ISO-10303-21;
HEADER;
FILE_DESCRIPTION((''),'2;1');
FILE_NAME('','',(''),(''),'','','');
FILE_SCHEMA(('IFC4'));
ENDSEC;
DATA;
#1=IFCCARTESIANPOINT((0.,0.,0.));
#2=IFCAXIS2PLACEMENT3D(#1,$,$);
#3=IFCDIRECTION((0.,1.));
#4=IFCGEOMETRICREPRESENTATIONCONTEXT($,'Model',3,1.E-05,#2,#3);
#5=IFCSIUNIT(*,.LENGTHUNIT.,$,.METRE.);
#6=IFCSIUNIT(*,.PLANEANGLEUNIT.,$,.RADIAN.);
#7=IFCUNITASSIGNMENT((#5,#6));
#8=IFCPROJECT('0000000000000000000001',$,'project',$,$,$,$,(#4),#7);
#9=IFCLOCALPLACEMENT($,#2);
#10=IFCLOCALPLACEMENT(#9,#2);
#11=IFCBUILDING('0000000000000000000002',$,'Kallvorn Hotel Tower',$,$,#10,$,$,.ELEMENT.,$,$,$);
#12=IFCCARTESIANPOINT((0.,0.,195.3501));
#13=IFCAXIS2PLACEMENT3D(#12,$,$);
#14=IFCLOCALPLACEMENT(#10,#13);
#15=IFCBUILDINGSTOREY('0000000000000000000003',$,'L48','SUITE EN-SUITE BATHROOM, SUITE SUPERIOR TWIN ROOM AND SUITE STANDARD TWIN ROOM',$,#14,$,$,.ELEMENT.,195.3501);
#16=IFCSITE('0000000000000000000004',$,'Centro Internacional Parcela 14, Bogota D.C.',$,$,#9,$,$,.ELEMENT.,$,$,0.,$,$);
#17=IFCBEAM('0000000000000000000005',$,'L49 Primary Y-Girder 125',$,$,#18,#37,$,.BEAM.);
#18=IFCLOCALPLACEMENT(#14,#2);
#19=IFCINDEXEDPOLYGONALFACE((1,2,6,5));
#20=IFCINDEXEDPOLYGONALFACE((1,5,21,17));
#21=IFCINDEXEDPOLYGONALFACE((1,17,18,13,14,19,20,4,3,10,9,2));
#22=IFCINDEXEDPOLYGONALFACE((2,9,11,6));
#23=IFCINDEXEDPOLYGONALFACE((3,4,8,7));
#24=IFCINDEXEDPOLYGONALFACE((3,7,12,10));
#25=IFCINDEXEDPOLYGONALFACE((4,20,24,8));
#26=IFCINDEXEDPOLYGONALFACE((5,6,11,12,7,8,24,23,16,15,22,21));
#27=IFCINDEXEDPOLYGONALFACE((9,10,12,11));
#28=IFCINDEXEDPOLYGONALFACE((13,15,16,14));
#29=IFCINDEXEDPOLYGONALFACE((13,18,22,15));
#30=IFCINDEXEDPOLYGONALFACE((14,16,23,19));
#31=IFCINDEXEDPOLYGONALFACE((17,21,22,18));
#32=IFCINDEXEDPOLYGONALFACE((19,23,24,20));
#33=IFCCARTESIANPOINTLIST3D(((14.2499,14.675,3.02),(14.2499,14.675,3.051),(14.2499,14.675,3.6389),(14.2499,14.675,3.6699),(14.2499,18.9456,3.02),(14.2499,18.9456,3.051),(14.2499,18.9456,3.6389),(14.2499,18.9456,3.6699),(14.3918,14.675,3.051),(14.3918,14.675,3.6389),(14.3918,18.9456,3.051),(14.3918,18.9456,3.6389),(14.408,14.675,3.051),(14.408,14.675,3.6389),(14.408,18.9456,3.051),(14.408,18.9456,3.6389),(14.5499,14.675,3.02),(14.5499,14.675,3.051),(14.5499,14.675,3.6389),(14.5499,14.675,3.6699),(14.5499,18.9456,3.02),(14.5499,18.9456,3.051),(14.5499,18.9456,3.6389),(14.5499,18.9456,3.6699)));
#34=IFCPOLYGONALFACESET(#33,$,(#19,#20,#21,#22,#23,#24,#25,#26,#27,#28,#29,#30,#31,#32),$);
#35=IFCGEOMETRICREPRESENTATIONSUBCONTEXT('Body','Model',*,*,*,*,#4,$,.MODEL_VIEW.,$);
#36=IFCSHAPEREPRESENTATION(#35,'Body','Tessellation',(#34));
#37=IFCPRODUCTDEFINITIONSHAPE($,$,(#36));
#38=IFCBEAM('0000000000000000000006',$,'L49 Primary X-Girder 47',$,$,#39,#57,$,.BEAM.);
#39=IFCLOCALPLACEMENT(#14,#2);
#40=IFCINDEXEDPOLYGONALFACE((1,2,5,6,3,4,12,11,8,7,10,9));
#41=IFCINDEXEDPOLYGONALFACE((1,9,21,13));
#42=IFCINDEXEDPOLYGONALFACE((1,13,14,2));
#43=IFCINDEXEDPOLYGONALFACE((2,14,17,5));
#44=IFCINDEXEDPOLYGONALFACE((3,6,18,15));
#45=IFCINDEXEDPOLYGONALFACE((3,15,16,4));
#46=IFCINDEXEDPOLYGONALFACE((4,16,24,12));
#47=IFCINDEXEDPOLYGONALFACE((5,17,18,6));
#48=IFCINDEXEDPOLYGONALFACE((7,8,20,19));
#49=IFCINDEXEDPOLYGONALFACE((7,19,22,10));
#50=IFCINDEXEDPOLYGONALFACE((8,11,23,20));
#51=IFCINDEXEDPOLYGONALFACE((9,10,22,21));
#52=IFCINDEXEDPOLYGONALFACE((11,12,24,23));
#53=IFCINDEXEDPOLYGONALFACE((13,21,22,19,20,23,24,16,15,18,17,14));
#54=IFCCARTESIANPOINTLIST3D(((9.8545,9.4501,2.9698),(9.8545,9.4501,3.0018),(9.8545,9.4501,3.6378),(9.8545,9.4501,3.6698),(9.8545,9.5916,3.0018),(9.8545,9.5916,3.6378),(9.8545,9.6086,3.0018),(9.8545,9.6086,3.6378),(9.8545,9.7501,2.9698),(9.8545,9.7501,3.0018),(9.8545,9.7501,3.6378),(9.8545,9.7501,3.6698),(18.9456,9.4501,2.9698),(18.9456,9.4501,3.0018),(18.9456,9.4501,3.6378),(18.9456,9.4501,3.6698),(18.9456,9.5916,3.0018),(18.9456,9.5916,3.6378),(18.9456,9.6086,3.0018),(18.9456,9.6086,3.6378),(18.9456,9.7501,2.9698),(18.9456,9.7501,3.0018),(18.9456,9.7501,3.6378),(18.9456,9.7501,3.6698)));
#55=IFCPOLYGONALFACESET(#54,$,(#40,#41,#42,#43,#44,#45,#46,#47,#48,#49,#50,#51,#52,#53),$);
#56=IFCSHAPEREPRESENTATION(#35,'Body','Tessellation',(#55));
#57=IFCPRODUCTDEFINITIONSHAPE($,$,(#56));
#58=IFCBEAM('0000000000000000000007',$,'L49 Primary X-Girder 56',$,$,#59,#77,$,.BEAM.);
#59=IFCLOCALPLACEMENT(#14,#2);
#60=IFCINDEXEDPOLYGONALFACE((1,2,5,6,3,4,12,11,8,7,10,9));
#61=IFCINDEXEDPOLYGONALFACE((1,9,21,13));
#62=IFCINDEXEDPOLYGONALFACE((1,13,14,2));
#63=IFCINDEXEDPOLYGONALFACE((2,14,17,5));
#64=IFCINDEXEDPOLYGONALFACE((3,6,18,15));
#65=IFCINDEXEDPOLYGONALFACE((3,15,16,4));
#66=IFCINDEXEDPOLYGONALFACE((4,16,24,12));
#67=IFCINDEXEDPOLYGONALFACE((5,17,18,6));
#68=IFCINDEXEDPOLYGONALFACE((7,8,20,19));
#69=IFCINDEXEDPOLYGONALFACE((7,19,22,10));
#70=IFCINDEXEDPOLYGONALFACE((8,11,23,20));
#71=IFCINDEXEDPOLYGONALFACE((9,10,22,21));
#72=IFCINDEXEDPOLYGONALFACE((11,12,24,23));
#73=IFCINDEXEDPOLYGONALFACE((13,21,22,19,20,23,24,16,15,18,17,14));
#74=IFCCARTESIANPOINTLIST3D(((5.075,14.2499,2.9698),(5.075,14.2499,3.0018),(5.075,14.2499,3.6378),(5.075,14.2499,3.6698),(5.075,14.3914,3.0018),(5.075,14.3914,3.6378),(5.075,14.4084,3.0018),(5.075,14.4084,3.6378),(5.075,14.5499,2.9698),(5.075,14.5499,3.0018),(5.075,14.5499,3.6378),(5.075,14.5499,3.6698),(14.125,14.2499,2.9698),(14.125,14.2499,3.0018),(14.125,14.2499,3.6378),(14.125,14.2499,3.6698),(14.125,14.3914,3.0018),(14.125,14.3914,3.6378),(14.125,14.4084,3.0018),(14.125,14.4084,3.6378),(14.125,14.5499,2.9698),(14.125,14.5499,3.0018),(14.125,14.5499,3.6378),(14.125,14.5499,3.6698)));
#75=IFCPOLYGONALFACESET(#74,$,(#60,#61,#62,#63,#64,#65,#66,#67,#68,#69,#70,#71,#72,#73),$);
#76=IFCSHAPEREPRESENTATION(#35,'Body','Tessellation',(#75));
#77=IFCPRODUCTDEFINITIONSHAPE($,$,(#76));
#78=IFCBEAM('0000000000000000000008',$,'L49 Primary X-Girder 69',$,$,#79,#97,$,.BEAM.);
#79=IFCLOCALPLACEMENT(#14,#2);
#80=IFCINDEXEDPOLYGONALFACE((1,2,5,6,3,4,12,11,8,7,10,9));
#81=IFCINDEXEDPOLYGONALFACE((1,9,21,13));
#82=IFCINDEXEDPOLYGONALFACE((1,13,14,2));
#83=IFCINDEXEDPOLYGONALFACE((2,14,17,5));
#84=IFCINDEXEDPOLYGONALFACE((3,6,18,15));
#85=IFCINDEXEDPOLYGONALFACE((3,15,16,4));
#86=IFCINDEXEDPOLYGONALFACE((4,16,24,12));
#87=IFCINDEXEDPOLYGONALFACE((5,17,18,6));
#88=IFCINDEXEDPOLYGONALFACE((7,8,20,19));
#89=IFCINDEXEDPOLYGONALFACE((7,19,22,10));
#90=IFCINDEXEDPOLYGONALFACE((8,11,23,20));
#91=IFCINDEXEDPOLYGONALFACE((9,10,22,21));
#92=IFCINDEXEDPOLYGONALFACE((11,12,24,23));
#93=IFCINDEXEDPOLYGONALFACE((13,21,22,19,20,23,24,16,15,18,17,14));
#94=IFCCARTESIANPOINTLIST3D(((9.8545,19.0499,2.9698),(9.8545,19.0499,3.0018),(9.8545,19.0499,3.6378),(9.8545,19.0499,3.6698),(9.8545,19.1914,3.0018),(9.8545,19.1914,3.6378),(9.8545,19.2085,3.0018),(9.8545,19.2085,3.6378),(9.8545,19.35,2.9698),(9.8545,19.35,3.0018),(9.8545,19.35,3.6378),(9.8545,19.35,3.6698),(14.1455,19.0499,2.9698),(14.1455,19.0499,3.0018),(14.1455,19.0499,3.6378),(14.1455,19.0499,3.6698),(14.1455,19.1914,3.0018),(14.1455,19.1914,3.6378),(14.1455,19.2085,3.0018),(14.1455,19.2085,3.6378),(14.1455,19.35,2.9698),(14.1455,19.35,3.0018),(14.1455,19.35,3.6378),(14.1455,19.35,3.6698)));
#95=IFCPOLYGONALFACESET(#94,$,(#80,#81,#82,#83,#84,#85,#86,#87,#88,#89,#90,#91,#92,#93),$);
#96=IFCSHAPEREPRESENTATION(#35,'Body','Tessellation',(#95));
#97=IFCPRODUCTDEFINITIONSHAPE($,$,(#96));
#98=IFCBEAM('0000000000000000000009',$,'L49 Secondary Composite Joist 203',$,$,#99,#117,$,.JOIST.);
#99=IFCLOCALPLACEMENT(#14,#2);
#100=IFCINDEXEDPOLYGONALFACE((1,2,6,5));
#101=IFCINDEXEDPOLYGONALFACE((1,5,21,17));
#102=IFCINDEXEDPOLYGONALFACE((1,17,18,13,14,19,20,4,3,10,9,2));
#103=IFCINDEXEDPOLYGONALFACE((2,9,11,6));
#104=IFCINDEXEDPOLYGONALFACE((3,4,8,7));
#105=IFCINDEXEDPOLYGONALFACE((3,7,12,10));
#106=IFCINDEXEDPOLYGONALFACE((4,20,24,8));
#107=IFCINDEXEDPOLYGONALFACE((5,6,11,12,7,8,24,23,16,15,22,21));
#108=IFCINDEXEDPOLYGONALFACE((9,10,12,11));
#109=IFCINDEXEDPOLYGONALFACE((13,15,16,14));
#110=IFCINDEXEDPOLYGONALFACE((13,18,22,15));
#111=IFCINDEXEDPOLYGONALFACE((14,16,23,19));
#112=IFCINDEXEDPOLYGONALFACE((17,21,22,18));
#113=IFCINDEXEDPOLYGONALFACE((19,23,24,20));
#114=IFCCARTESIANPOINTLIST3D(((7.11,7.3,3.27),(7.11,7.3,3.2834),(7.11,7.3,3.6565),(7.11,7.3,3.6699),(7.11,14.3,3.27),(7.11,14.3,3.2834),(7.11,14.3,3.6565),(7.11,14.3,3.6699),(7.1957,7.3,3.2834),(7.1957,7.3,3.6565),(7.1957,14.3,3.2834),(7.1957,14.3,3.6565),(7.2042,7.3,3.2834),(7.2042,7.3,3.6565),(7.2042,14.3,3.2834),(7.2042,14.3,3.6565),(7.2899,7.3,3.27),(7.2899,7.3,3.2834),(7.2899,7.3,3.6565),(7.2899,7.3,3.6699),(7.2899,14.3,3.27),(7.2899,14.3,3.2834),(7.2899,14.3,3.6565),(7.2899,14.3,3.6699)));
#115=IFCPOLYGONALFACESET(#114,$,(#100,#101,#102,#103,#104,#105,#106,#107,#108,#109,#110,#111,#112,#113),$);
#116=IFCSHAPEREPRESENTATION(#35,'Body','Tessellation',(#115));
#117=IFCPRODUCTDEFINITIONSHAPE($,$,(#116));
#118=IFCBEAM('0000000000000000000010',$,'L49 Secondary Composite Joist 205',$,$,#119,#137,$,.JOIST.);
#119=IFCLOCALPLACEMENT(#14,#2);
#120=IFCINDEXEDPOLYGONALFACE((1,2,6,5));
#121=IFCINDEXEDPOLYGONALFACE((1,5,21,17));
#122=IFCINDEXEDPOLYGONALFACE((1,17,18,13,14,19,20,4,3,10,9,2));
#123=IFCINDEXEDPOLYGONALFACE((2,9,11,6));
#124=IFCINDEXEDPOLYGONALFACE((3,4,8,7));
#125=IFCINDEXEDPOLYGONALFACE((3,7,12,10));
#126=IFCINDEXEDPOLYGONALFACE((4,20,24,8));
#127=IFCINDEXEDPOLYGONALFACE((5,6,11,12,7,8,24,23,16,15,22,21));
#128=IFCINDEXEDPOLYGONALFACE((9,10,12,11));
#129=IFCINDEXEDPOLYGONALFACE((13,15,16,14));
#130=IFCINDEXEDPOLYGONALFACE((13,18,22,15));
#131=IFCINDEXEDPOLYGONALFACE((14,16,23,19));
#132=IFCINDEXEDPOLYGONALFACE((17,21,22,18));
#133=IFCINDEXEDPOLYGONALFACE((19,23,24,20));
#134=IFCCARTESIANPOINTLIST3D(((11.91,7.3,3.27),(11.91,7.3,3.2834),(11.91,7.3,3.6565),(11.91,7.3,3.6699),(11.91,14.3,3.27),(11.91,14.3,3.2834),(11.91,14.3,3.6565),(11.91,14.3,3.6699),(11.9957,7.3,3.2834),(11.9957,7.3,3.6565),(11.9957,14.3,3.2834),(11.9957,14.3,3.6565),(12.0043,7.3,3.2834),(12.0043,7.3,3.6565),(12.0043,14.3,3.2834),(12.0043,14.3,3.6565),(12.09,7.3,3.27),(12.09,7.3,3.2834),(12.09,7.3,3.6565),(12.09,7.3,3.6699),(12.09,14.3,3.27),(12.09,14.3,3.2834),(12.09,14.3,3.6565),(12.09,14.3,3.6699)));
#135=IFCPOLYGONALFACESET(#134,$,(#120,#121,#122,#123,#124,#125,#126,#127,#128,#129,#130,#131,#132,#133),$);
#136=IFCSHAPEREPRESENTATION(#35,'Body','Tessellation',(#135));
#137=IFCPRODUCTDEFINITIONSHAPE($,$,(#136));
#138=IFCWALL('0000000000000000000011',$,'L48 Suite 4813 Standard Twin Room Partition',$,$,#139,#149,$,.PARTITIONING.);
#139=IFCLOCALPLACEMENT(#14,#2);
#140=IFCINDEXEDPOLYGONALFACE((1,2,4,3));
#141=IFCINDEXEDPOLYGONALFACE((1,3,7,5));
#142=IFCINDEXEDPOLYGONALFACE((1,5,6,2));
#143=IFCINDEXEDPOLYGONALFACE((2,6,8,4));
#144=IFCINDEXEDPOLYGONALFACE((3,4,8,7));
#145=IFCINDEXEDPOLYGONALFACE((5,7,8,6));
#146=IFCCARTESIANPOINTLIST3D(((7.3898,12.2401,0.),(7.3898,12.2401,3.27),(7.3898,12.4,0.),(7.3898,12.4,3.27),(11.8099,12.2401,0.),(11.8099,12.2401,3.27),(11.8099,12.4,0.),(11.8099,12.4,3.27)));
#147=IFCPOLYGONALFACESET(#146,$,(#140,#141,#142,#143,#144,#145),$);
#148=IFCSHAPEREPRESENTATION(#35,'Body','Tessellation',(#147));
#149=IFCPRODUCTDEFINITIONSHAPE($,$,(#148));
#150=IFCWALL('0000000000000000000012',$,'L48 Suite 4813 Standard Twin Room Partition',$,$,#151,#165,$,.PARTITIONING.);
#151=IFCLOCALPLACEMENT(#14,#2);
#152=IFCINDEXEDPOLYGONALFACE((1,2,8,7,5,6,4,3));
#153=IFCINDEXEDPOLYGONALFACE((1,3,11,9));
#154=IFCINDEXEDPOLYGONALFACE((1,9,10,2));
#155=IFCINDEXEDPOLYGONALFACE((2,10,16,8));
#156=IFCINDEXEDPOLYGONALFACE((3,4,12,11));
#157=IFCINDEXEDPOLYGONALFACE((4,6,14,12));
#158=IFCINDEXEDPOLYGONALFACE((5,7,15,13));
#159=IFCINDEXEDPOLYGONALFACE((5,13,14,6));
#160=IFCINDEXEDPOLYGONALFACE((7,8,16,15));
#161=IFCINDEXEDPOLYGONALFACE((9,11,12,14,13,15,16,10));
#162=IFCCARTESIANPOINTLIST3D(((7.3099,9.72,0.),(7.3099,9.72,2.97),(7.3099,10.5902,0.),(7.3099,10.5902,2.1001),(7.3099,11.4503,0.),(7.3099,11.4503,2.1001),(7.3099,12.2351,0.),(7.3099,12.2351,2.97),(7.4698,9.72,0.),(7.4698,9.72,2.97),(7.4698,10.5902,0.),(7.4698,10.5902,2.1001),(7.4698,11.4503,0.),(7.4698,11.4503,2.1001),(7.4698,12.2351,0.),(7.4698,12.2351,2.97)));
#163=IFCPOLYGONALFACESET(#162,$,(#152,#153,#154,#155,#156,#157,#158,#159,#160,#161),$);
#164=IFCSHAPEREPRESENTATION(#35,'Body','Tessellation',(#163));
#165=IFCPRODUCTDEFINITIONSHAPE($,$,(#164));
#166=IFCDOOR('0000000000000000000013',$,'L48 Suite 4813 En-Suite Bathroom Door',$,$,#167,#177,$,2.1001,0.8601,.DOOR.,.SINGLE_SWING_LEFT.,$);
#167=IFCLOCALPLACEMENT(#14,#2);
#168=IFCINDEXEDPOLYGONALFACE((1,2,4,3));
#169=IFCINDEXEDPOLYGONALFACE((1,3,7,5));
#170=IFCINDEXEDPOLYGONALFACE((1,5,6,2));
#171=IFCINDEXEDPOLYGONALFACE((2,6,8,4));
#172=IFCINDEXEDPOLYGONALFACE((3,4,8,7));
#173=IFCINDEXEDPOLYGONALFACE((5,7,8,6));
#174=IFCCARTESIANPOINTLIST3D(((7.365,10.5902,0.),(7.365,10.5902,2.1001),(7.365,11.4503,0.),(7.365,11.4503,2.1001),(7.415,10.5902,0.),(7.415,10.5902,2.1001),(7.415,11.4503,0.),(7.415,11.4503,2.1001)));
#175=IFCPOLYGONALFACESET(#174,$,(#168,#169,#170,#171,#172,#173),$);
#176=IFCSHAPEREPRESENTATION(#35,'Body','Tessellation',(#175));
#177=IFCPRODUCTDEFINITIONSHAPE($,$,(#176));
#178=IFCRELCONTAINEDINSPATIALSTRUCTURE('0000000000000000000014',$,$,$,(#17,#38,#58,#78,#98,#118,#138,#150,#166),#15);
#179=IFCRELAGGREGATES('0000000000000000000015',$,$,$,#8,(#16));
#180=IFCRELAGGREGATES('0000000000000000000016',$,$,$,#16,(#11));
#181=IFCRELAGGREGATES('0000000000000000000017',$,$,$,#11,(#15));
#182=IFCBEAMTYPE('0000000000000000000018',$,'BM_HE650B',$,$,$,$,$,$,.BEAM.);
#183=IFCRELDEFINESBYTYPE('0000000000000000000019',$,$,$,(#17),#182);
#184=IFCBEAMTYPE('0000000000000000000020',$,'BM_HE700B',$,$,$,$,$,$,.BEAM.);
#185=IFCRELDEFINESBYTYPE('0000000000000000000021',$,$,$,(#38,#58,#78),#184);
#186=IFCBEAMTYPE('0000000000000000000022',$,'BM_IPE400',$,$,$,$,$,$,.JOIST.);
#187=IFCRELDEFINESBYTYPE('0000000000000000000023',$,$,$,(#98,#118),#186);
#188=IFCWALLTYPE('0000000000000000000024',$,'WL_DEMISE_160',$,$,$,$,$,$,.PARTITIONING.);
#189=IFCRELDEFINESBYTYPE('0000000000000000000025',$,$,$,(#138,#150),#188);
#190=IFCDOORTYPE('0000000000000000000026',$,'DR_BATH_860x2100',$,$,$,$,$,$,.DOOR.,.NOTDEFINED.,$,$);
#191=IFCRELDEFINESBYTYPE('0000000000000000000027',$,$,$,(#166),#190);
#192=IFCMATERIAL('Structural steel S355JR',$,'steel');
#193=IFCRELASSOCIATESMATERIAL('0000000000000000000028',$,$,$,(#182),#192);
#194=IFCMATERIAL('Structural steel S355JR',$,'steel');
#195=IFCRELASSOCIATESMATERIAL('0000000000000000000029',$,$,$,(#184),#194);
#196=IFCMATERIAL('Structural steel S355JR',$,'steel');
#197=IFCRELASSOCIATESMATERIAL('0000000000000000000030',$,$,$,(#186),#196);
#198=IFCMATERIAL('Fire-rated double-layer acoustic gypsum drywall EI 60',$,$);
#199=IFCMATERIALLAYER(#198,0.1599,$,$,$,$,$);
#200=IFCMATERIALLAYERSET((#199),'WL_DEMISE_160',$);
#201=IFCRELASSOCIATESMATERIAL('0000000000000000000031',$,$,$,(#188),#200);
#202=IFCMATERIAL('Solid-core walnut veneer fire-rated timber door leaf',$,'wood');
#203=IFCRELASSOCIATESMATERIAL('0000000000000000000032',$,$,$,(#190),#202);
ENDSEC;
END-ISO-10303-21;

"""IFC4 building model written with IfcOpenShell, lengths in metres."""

from ifc_helpers import new_model, si_unit, direction, frame, frame_2d, origin, origin_2d, place, context, subcontext, project, spatial, rectangle, i_section, extrude, material, layer, layer_set, material_profile, profile_set, type_object, element, fill, save


model = new_model("IFC4")

# Units and contexts
model_context = context("Model", 3, precision=1e-05, world=origin(), true_north=direction((0.0, 1.0)))
body_context = subcontext(model_context, "Body", "Model", "MODEL_VIEW")
ifc_project = project(units=[si_unit("LENGTHUNIT", "METRE"), si_unit("PLANEANGLEUNIT", "RADIAN")], contexts=[model_context])

# Site, building, storey
site_placement = place(None, origin())
site = spatial("IfcSite", under=ifc_project, at=site_placement, Name="Centro Internacional Parcela 14, Bogota D.C.", CompositionType="ELEMENT", RefElevation=0.0)
building_placement = place(site_placement, origin())
building = spatial("IfcBuilding", under=site, at=building_placement, Name="Kallvorn Hotel Tower", CompositionType="ELEMENT")
storey_placement = place(building_placement, frame((0.0, 0.0, 195.3501)))
storey = spatial("IfcBuildingStorey", under=building, at=storey_placement, Name="L48", Description="SUITE EN-SUITE BATHROOM, SUITE SUPERIOR TWIN ROOM AND SUITE STANDARD TWIN ROOM", CompositionType="ELEMENT", Elevation=195.3501)

# Beams
ifc_material_1 = material(Name="Structural steel S355JR", Category="steel")
ifc_material_profile_1 = material_profile(ifc_material_1, i_section(OverallWidth=0.3, OverallDepth=0.6499, WebThickness=0.0161, FlangeThickness=0.031, at=origin_2d()), Name="HE 650 B")
ifc_profile_set_1 = profile_set([ifc_material_profile_1], Name="Structural steel S355JR")
beam_type_1 = type_object("IfcBeamType", Name="BM_HE650B", PredefinedType="BEAM", material=ifc_profile_set_1)
beam_1_placement = place(storey_placement, frame((14.3999, 14.675, 3.345), z_axis=(0.0, 1.0, 0.0), x_axis=(-1.0, 0.0, 0.0)))
element("IfcBeam", 1, at=beam_1_placement, inside=storey, type_object=beam_type_1, Name="L49 Primary Y-Girder 125", PredefinedType="BEAM", context=body_context, shape_type="SweptSolid", body=[
    extrude(i_section(OverallWidth=0.3, OverallDepth=0.6499, WebThickness=0.0161, FlangeThickness=0.031, at=origin_2d()), origin(), (0.0, 0.0, 1.0), 4.2705),
])
ifc_material_2 = material(Name="Structural steel S355JR", Category="steel")
ifc_material_profile_2 = material_profile(ifc_material_2, i_section(OverallWidth=0.3, OverallDepth=0.7, WebThickness=0.0171, FlangeThickness=0.032, at=origin_2d()), Name="HE 700 B")
ifc_profile_set_2 = profile_set([ifc_material_profile_2], Name="Structural steel S355JR")
beam_type_2 = type_object("IfcBeamType", Name="BM_HE700B", PredefinedType="BEAM", material=ifc_profile_set_2)
beam_2_placement = place(storey_placement, frame((9.8545, 9.6001, 3.3198), z_axis=(1.0, 0.0, 0.0), x_axis=(0.0, 1.0, 0.0)))
element("IfcBeam", 2, at=beam_2_placement, inside=storey, type_object=beam_type_2, Name="L49 Primary X-Girder 47", PredefinedType="BEAM", context=body_context, shape_type="SweptSolid", body=[
    extrude(i_section(OverallWidth=0.3, OverallDepth=0.7, WebThickness=0.0171, FlangeThickness=0.032, at=origin_2d()), origin(), (0.0, 0.0, 1.0), 9.0911),
])
beam_3_placement = place(storey_placement, frame((5.075, 14.3999, 3.3198), z_axis=(1.0, 0.0, 0.0), x_axis=(0.0, 1.0, 0.0)))
element("IfcBeam", 3, at=beam_3_placement, inside=storey, type_object=beam_type_2, Name="L49 Primary X-Girder 56", PredefinedType="BEAM", context=body_context, shape_type="SweptSolid", body=[
    extrude(i_section(OverallWidth=0.3, OverallDepth=0.7, WebThickness=0.0171, FlangeThickness=0.032, at=origin_2d()), origin(), (0.0, 0.0, 1.0), 9.05),
])
beam_4_placement = place(storey_placement, frame((9.8545, 19.2, 3.3198), z_axis=(1.0, 0.0, 0.0), x_axis=(0.0, 1.0, 0.0)))
element("IfcBeam", 4, at=beam_4_placement, inside=storey, type_object=beam_type_2, Name="L49 Primary X-Girder 69", PredefinedType="BEAM", context=body_context, shape_type="SweptSolid", body=[
    extrude(i_section(OverallWidth=0.3, OverallDepth=0.7, WebThickness=0.0171, FlangeThickness=0.032, at=origin_2d()), origin(), (0.0, 0.0, 1.0), 4.291),
])
ifc_material_3 = material(Name="Structural steel S355JR", Category="steel")
ifc_material_profile_3 = material_profile(ifc_material_3, i_section(OverallWidth=0.1799, OverallDepth=0.3999, WebThickness=0.0085, FlangeThickness=0.0134, at=origin_2d()), Name="IPE 400")
ifc_profile_set_3 = profile_set([ifc_material_profile_3], Name="Structural steel S355JR")
beam_type_3 = type_object("IfcBeamType", Name="BM_IPE400", PredefinedType="JOIST", material=ifc_profile_set_3)
for number, where, z_axis, x_axis, name in (
    (5, (7.2, 7.3, 3.47), (0.0, 1.0, 0.0), (-1.0, 0.0, 0.0), "L49 Secondary Composite Joist 203"),
    (6, (12.0, 7.3, 3.47), (0.0, 1.0, 0.0), (-1.0, 0.0, 0.0), "L49 Secondary Composite Joist 205"),
):
    element("IfcBeam", number, at=place(storey_placement, frame(where, z_axis=z_axis, x_axis=x_axis)), inside=storey, type_object=beam_type_3, Name=name, PredefinedType="JOIST", context=body_context, shape_type="SweptSolid", body=[
        extrude(i_section(OverallWidth=0.1799, OverallDepth=0.3999, WebThickness=0.0085, FlangeThickness=0.0134, at=origin_2d()), origin(), (0.0, 0.0, 1.0), 7.0),
    ])

# Wall
ifc_material_4 = material(Name="Fire-rated double-layer acoustic gypsum drywall EI 60")
ifc_layer = layer(ifc_material_4, 0.1599)
ifc_layer_set = layer_set([ifc_layer], Name="WL_DEMISE_160")
wall_type = type_object("IfcWallType", Name="WL_DEMISE_160", PredefinedType="PARTITIONING", material=ifc_layer_set)
wall_1_placement = place(storey_placement, frame((7.3899, 12.3201, 0.0), z_axis=(0.0, 0.0, 1.0), x_axis=(1.0, 0.0, 0.0)))
element("IfcWall", 7, at=wall_1_placement, inside=storey, type_object=wall_type, Name="L48 Suite 4813 Standard Twin Room Partition", PredefinedType="PARTITIONING", context=body_context, shape_type="SweptSolid", body=[
    extrude(rectangle(XDim=4.4202, YDim=0.1599, at=frame_2d((2.21, 0.0))), origin(), (0.0, 0.0, 1.0), 3.27),
])

# Wall, opening, door
wall_2_placement = place(storey_placement, frame((7.3899, 9.72, 0.0), z_axis=(0.0, 0.0, 1.0), x_axis=(0.0, 1.0, 0.0)))
wall_2 = element("IfcWall", 8, at=wall_2_placement, inside=storey, type_object=wall_type, Name="L48 Suite 4813 Standard Twin Room Partition", PredefinedType="PARTITIONING", context=body_context, shape_type="SweptSolid", body=[
    extrude(rectangle(XDim=2.5151, YDim=0.1599, at=frame_2d((1.2576, 0.0))), origin(), (0.0, 0.0, 1.0), 2.97),
])
opening_1_placement = place(wall_2_placement, frame((0.8701, 0.0, 0.0)))
opening_1 = element("IfcOpeningElement", 9, at=opening_1_placement, cuts=wall_2, PredefinedType="OPENING", context=body_context, shape_type="SweptSolid", body=[
    extrude(rectangle(XDim=0.8601, YDim=2.1001, at=frame_2d((0.4302, 1.05))), frame((0.0, 0.095, 0.0), z_axis=(0.0, -1.0, 0.0), x_axis=(1.0, 0.0, 0.0)), (0.0, 0.0, 1.0), 0.1899),
])
ifc_material_5 = material(Name="Solid-core walnut veneer fire-rated timber door leaf", Category="wood")
door_type = type_object("IfcDoorType", Name="DR_BATH_860x2100", OperationType="NOTDEFINED", PredefinedType="DOOR", material=ifc_material_5)
door_1_placement = place(opening_1_placement, origin())
door_1 = element("IfcDoor", 10, at=door_1_placement, inside=storey, type_object=door_type, Name="L48 Suite 4813 En-Suite Bathroom Door", OperationType="SINGLE_SWING_LEFT", OverallHeight=2.1001, OverallWidth=0.8601, PredefinedType="DOOR", context=body_context, shape_type="SweptSolid", body=[
    extrude(rectangle(XDim=0.8601, YDim=2.1001, at=frame_2d((0.4302, 1.05))), frame((0.0, 0.0249, 0.0), z_axis=(0.0, -1.0, 0.0), x_axis=(1.0, 0.0, 0.0)), (0.0, 0.0, 1.0), 0.05),
])
fill(opening_1, door_1)

save(model, "model.ifc")
